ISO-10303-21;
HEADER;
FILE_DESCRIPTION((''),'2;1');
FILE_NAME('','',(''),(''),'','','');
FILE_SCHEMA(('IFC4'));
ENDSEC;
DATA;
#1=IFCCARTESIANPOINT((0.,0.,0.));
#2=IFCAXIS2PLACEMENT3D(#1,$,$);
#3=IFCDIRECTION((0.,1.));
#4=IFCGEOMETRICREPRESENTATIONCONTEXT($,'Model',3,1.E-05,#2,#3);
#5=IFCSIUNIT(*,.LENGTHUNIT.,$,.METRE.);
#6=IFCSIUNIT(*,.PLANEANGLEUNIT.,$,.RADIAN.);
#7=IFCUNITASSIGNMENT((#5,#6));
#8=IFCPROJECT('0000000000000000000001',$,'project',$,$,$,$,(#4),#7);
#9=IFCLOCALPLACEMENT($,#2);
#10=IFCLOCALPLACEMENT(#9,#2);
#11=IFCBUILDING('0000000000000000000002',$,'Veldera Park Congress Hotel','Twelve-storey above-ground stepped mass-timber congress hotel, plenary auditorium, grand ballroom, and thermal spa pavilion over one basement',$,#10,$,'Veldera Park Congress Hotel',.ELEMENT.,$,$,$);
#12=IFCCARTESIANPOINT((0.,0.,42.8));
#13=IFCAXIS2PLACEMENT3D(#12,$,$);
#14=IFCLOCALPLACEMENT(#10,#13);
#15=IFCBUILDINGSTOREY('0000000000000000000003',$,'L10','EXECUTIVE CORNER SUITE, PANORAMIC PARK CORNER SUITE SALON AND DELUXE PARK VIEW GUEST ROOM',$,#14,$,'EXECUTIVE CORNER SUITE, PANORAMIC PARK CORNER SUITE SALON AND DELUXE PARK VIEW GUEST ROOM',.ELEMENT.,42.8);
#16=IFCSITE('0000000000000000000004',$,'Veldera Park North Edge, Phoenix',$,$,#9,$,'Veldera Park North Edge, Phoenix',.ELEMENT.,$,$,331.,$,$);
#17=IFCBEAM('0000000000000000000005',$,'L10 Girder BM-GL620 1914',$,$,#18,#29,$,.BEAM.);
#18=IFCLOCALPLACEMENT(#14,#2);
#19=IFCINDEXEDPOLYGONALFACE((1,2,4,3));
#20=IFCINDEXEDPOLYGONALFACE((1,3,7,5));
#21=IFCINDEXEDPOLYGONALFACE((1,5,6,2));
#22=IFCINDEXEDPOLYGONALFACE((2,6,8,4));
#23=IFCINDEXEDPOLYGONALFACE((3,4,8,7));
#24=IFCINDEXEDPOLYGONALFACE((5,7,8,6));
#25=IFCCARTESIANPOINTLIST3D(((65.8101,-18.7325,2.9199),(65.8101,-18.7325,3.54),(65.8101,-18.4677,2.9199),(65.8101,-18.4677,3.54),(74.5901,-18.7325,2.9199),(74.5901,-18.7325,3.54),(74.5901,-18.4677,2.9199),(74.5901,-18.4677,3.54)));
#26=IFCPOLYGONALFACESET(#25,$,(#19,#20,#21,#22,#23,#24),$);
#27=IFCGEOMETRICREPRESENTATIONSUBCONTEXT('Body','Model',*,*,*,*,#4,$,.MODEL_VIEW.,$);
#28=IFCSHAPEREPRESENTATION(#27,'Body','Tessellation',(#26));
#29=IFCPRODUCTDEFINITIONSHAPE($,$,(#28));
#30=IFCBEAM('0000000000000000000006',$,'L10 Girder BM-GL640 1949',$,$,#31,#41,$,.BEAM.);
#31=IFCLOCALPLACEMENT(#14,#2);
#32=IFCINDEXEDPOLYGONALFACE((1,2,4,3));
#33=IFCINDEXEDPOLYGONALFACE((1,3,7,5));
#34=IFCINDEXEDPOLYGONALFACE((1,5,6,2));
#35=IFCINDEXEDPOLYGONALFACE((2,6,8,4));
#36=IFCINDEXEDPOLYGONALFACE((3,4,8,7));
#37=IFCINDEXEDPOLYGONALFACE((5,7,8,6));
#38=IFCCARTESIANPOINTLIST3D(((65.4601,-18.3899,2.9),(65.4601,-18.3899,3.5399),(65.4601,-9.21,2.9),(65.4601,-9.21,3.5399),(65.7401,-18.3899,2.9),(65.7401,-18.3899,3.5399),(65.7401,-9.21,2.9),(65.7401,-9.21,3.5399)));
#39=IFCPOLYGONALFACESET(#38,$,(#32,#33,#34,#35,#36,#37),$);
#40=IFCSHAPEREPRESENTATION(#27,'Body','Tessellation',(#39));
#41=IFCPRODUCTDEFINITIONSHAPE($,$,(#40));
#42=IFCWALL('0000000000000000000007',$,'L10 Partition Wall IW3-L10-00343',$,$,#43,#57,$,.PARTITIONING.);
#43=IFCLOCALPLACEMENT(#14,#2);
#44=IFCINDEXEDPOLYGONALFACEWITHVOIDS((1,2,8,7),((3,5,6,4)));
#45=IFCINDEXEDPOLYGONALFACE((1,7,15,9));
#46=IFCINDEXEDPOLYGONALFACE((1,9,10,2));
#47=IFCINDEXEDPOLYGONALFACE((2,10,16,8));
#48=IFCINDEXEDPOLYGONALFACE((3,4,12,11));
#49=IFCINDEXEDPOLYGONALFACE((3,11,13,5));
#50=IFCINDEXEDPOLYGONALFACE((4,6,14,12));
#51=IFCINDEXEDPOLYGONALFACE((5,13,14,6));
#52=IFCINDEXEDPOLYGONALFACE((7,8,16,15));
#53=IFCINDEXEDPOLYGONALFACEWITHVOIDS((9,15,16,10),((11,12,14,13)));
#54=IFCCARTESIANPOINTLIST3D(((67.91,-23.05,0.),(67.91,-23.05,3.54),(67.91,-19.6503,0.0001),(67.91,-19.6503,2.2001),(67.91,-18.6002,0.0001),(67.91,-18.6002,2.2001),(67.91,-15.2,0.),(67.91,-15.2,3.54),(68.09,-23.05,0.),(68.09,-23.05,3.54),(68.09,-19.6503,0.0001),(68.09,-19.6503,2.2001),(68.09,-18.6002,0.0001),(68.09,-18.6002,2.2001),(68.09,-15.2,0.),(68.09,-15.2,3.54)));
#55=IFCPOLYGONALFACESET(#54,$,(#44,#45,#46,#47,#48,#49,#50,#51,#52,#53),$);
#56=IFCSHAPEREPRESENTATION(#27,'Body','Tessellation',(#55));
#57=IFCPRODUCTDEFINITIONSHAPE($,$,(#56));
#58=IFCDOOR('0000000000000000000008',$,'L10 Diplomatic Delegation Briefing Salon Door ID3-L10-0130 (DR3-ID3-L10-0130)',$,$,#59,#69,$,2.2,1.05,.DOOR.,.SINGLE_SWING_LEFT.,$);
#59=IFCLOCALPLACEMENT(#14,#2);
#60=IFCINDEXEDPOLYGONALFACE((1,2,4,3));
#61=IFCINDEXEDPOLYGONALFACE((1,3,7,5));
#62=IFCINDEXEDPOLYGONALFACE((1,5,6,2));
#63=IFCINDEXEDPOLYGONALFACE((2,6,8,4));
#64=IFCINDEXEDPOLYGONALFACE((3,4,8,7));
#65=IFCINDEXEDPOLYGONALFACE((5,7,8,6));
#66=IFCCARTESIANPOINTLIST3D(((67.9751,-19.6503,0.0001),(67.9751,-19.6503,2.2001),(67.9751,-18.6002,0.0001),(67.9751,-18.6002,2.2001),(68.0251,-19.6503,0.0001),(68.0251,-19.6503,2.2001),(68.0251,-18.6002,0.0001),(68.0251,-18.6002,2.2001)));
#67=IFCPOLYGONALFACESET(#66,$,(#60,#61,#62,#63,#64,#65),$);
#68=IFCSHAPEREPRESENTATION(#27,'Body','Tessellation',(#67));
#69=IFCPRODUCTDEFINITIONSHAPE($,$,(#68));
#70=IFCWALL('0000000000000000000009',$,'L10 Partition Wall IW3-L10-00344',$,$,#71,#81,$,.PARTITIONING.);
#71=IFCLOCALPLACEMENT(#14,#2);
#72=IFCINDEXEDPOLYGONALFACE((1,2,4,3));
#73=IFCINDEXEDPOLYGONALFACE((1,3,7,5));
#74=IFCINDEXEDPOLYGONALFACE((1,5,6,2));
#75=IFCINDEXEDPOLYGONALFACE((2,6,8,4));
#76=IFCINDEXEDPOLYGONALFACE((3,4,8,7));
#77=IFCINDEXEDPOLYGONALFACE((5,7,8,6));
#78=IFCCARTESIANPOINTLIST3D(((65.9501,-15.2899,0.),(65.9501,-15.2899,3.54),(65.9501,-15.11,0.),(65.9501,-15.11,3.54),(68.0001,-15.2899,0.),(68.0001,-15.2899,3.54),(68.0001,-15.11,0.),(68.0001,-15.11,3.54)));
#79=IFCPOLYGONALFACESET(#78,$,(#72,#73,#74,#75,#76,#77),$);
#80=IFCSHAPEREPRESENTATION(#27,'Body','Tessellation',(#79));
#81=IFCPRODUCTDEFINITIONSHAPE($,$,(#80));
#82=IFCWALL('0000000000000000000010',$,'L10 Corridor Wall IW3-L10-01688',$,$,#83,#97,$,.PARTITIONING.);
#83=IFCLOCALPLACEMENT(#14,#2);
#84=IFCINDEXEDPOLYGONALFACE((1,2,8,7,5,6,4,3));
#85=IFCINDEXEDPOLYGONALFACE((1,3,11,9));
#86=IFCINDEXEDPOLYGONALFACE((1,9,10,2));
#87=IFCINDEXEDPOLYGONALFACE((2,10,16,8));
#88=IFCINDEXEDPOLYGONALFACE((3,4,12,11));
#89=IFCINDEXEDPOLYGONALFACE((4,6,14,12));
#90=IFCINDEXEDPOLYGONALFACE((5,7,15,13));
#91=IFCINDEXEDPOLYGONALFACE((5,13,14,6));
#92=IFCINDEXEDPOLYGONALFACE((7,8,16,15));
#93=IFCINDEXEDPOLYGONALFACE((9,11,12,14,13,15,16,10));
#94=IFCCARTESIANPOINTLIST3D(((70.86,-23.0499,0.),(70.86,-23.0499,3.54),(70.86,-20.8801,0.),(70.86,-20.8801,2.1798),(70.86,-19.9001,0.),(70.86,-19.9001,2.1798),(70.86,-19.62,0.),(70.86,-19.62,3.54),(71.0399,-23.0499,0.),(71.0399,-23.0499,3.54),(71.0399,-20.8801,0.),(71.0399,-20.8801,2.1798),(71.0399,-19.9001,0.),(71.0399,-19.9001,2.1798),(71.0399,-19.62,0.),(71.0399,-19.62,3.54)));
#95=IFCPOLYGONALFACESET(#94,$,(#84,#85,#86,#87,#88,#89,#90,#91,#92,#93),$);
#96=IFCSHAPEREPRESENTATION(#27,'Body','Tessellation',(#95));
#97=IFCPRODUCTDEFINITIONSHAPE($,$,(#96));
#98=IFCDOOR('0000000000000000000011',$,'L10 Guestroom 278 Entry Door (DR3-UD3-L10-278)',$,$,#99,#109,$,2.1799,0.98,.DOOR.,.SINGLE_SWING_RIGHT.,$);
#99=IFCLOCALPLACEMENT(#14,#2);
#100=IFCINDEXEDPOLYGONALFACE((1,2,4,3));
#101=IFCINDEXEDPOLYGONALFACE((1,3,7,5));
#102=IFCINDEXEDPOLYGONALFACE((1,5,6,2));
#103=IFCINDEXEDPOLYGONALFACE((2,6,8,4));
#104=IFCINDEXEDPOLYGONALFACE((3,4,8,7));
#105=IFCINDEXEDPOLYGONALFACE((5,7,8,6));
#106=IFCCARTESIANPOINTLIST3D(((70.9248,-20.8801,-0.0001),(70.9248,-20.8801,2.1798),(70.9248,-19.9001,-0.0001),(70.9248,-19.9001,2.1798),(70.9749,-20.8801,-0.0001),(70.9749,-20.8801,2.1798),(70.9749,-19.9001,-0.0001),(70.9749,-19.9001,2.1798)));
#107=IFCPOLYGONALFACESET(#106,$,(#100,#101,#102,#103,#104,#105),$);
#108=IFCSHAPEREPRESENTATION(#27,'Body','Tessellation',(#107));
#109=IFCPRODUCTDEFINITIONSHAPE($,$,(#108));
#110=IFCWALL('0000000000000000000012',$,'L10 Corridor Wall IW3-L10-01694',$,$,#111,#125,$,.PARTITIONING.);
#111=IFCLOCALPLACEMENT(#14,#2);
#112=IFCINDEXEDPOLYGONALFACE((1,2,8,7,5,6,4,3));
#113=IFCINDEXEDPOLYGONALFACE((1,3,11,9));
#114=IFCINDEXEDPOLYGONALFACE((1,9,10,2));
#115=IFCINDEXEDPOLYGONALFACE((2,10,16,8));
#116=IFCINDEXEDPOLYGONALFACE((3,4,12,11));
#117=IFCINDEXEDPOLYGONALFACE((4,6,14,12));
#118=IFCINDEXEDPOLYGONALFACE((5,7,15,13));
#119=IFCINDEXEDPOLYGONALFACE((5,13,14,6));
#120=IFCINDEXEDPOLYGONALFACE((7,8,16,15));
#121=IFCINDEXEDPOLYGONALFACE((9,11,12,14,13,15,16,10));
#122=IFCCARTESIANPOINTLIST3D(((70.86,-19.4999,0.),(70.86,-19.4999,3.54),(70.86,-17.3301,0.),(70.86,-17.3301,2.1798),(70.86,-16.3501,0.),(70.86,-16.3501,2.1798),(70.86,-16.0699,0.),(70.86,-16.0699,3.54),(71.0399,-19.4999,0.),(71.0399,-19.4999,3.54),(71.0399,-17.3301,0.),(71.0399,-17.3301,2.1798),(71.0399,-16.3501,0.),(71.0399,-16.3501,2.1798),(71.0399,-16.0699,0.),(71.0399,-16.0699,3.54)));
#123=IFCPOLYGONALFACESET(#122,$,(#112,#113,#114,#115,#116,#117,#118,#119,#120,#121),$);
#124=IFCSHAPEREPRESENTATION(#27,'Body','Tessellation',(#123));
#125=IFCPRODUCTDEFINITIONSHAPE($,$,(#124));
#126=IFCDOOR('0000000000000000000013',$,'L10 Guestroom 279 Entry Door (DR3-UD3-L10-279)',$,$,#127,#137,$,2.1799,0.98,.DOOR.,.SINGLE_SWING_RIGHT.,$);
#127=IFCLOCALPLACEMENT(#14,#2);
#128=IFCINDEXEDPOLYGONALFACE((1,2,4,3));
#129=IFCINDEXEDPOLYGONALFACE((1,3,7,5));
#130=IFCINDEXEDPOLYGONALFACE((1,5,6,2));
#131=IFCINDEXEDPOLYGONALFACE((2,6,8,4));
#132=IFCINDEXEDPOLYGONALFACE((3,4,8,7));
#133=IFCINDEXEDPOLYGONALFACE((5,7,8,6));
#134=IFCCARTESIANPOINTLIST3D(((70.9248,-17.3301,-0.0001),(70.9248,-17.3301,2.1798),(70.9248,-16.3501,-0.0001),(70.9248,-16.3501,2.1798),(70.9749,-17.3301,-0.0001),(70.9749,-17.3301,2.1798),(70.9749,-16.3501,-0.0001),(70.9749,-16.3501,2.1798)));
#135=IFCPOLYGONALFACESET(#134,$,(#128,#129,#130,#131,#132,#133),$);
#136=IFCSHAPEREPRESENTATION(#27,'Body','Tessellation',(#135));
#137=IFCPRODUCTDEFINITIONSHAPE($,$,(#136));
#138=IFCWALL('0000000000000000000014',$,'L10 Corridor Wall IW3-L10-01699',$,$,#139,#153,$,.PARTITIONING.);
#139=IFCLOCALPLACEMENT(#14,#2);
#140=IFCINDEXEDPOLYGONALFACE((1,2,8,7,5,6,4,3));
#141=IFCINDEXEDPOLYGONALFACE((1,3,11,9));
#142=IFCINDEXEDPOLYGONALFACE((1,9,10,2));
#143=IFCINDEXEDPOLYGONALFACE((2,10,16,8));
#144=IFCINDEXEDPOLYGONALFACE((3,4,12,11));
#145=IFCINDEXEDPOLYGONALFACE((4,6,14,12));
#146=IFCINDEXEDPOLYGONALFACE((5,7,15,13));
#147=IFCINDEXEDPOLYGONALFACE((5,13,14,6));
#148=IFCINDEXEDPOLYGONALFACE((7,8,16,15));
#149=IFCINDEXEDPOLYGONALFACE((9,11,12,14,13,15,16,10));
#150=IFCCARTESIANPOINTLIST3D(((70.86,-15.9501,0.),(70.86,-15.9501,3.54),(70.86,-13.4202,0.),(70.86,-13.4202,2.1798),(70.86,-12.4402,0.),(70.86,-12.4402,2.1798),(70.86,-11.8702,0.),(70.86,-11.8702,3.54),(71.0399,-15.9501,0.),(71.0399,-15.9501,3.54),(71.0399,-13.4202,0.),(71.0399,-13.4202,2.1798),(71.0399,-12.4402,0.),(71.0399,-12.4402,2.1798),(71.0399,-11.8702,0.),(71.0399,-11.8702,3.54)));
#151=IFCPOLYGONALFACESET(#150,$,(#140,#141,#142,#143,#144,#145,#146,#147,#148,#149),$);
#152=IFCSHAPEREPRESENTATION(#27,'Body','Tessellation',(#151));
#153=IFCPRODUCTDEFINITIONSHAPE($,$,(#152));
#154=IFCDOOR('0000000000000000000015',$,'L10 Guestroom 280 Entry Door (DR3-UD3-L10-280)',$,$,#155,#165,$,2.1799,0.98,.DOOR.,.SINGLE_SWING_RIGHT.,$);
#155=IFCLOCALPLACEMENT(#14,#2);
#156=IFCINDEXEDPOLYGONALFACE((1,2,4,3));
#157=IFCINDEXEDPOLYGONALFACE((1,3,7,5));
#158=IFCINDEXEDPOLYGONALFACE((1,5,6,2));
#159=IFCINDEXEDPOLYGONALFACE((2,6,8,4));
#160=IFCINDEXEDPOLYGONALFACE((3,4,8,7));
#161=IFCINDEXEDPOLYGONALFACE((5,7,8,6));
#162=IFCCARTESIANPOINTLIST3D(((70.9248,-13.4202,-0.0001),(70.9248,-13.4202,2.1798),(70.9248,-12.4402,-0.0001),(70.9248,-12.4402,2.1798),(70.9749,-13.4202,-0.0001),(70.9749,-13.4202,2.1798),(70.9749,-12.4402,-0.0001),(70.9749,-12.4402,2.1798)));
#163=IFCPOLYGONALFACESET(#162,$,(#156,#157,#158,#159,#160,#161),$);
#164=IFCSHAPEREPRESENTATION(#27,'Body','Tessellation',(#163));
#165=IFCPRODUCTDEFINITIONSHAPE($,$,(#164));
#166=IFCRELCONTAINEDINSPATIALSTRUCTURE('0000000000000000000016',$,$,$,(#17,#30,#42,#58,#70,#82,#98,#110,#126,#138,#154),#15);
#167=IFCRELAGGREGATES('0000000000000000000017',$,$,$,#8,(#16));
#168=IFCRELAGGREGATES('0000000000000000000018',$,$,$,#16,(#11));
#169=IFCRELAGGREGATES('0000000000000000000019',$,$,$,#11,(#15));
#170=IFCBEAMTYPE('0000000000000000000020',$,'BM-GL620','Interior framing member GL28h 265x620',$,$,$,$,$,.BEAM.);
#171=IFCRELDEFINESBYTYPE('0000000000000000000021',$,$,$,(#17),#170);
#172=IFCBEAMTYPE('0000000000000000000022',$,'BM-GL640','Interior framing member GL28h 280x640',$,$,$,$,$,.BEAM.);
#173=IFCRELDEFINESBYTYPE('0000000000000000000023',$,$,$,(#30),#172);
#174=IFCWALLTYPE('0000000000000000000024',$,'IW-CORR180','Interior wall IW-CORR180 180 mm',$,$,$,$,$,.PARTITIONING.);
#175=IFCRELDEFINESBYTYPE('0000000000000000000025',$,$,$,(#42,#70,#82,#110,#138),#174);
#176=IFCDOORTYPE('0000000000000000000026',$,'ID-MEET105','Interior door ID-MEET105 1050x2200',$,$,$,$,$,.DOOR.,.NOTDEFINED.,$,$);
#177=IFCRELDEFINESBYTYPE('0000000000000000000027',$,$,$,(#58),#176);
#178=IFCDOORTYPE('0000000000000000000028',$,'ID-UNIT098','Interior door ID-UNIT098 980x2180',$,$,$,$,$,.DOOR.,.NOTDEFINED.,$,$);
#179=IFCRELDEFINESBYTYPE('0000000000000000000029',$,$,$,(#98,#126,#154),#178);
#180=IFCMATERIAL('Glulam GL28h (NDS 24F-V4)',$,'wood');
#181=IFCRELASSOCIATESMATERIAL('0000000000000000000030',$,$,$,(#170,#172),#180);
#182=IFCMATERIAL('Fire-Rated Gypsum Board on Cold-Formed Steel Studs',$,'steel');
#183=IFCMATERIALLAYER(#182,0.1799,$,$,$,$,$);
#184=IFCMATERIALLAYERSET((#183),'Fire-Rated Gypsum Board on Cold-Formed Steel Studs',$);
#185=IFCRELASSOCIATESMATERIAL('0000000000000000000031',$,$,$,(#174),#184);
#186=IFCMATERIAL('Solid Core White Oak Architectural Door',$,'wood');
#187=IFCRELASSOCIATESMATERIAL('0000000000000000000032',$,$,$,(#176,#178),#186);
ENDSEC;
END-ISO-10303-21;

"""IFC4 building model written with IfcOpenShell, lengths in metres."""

from ifc_helpers import new_model, si_unit, direction, frame, frame_2d, origin, origin_2d, place, context, subcontext, project, spatial, rectangle, extrude, material, layer, layer_set, material_profile, profile_set, type_object, element, fill, save


model = new_model("IFC4")

# Units and contexts
model_context = context("Model", 3, precision=1e-05, world=origin(), true_north=direction((0.0, 1.0)))
body_context = subcontext(model_context, "Body", "Model", "MODEL_VIEW")
ifc_project = project(units=[si_unit("LENGTHUNIT", "METRE"), si_unit("PLANEANGLEUNIT", "RADIAN")], contexts=[model_context])

# Site, building, storey
site_placement = place(None, origin())
site = spatial("IfcSite", under=ifc_project, at=site_placement, Name="Veldera Park North Edge, Phoenix", LongName="Veldera Park North Edge, Phoenix", CompositionType="ELEMENT", RefElevation=331.0)
building_placement = place(site_placement, origin())
building = spatial("IfcBuilding", under=site, at=building_placement, Name="Veldera Park Congress Hotel", Description="Twelve-storey above-ground stepped mass-timber congress hotel, plenary auditorium, grand ballroom, and thermal spa pavilion over one basement", LongName="Veldera Park Congress Hotel", CompositionType="ELEMENT")
storey_placement = place(building_placement, frame((0.0, 0.0, 42.8)))
storey = spatial("IfcBuildingStorey", under=building, at=storey_placement, Name="L10", Description="EXECUTIVE CORNER SUITE, PANORAMIC PARK CORNER SUITE SALON AND DELUXE PARK VIEW GUEST ROOM", LongName="EXECUTIVE CORNER SUITE, PANORAMIC PARK CORNER SUITE SALON AND DELUXE PARK VIEW GUEST ROOM", CompositionType="ELEMENT", Elevation=42.8)

# Beams
ifc_material_1 = material(Name="Glulam GL28h (NDS 24F-V4)", Category="wood")
ifc_material_profile_1 = material_profile(ifc_material_1, rectangle(XDim=0.2649, YDim=0.6201, at=origin_2d()), Name="GL28h 265x620")
ifc_profile_set_1 = profile_set([ifc_material_profile_1], Name="Glulam GL28h (NDS 24F-V4)")
beam_type_1 = type_object("IfcBeamType", Name="BM-GL620", Description="Interior framing member GL28h 265x620", PredefinedType="BEAM", material=ifc_profile_set_1)
beam_1_placement = place(storey_placement, frame((65.8101, -18.6001, 3.23), z_axis=(1.0, 0.0, 0.0), x_axis=(0.0, 1.0, 0.0)))
element("IfcBeam", 1, at=beam_1_placement, inside=storey, type_object=beam_type_1, Name="L10 Girder BM-GL620 1914", PredefinedType="BEAM", context=body_context, shape_type="SweptSolid", body=[
    extrude(rectangle(XDim=0.2649, YDim=0.6201, at=origin_2d()), origin(), (0.0, 0.0, 1.0), 8.78),
])
ifc_material_profile_2 = material_profile(ifc_material_1, rectangle(XDim=0.28, YDim=0.6399, at=origin_2d()), Name="GL28h 280x640")
ifc_profile_set_2 = profile_set([ifc_material_profile_2], Name="Glulam GL28h (NDS 24F-V4)")
beam_type_2 = type_object("IfcBeamType", Name="BM-GL640", Description="Interior framing member GL28h 280x640", PredefinedType="BEAM", material=ifc_profile_set_2)
beam_2_placement = place(storey_placement, frame((65.6001, -18.3899, 3.22), z_axis=(0.0, 1.0, 0.0), x_axis=(-1.0, 0.0, 0.0)))
element("IfcBeam", 2, at=beam_2_placement, inside=storey, type_object=beam_type_2, Name="L10 Girder BM-GL640 1949", PredefinedType="BEAM", context=body_context, shape_type="SweptSolid", body=[
    extrude(rectangle(XDim=0.28, YDim=0.6399, at=origin_2d()), origin(), (0.0, 0.0, 1.0), 9.1799),
])

# Wall, opening, door
ifc_material_2 = material(Name="Fire-Rated Gypsum Board on Cold-Formed Steel Studs", Category="steel")
ifc_layer_1 = layer(ifc_material_2, 0.1799)
ifc_layer_set_1 = layer_set([ifc_layer_1], Name="Fire-Rated Gypsum Board on Cold-Formed Steel Studs")
wall_type_1 = type_object("IfcWallType", Name="IW-CORR180", Description="Interior wall IW-CORR180 180 mm", PredefinedType="PARTITIONING", material=ifc_layer_set_1)
wall_1_placement = place(storey_placement, frame((68.0, -23.05, 0.0), z_axis=(0.0, 0.0, 1.0), x_axis=(0.0, 1.0, 0.0)))
wall_1 = element("IfcWall", 3, at=wall_1_placement, inside=storey, type_object=wall_type_1, Name="L10 Partition Wall IW3-L10-00343", PredefinedType="PARTITIONING", context=body_context, shape_type="SweptSolid", body=[
    extrude(rectangle(XDim=7.8501, YDim=0.1799, at=frame_2d((3.925, 0.0))), origin(), (0.0, 0.0, 1.0), 3.54),
])
opening_1_placement = place(wall_1_placement, frame((3.3999, 0.0, 0.0)))
opening_1 = element("IfcOpeningElement", 4, at=opening_1_placement, cuts=wall_1, PredefinedType="OPENING", context=body_context, shape_type="SweptSolid", body=[
    extrude(rectangle(XDim=1.05, YDim=2.2, at=frame_2d((0.5249, 1.1001))), frame((0.0, 0.1021, 0.0), z_axis=(0.0, -1.0, 0.0), x_axis=(1.0, 0.0, 0.0)), (0.0, 0.0, 1.0), 0.2039),
])
ifc_material_3 = material(Name="Solid Core White Oak Architectural Door", Category="wood")
door_type_1 = type_object("IfcDoorType", Name="ID-MEET105", Description="Interior door ID-MEET105 1050x2200", OperationType="NOTDEFINED", PredefinedType="DOOR", material=ifc_material_3)
door_1_placement = place(opening_1_placement, origin())
door_1 = element("IfcDoor", 5, at=door_1_placement, inside=storey, type_object=door_type_1, Name="L10 Diplomatic Delegation Briefing Salon Door ID3-L10-0130 (DR3-ID3-L10-0130)", OperationType="SINGLE_SWING_LEFT", OverallHeight=2.2, OverallWidth=1.05, PredefinedType="DOOR", context=body_context, shape_type="SweptSolid", body=[
    extrude(rectangle(XDim=1.05, YDim=2.2, at=frame_2d((0.5249, 1.1001))), frame((0.0, 0.0249, 0.0), z_axis=(0.0, -1.0, 0.0), x_axis=(1.0, 0.0, 0.0)), (0.0, 0.0, 1.0), 0.05),
])
fill(opening_1, door_1)

# Wall
wall_2_placement = place(storey_placement, frame((68.0, -15.2, 0.0), z_axis=(0.0, 0.0, 1.0), x_axis=(-1.0, 0.0, 0.0)))
element("IfcWall", 6, at=wall_2_placement, inside=storey, type_object=wall_type_1, Name="L10 Partition Wall IW3-L10-00344", PredefinedType="PARTITIONING", context=body_context, shape_type="SweptSolid", body=[
    extrude(rectangle(XDim=2.05, YDim=0.1799, at=frame_2d((1.0249, 0.0))), origin(), (0.0, 0.0, 1.0), 3.54),
])

# Walls, openings, doors
wall_3_placement = place(storey_placement, frame((70.95, -19.6201, 0.0), z_axis=(0.0, 0.0, 1.0), x_axis=(0.0, -1.0, 0.0)))
wall_3 = element("IfcWall", 7, at=wall_3_placement, inside=storey, type_object=wall_type_1, Name="L10 Corridor Wall IW3-L10-01688", PredefinedType="PARTITIONING", context=body_context, shape_type="SweptSolid", body=[
    extrude(rectangle(XDim=3.4299, YDim=0.1799, at=frame_2d((1.7148, 0.0))), origin(), (0.0, 0.0, 1.0), 3.54),
])
opening_2_placement = place(wall_3_placement, frame((0.28, 0.0, 0.0)))
opening_2 = element("IfcOpeningElement", 8, at=opening_2_placement, cuts=wall_3, PredefinedType="OPENING", context=body_context, shape_type="SweptSolid", body=[
    extrude(rectangle(XDim=0.98, YDim=2.1799, at=frame_2d((0.49, 1.0898))), frame((0.0, 0.1021, 0.0), z_axis=(0.0, -1.0, 0.0), x_axis=(1.0, 0.0, 0.0)), (0.0, 0.0, 1.0), 0.2039),
])
door_type_2 = type_object("IfcDoorType", Name="ID-UNIT098", Description="Interior door ID-UNIT098 980x2180", OperationType="NOTDEFINED", PredefinedType="DOOR", material=ifc_material_3)
door_2_placement = place(opening_2_placement, origin())
door_2 = element("IfcDoor", 9, at=door_2_placement, inside=storey, type_object=door_type_2, Name="L10 Guestroom 278 Entry Door (DR3-UD3-L10-278)", OperationType="SINGLE_SWING_RIGHT", OverallHeight=2.1799, OverallWidth=0.98, PredefinedType="DOOR", context=body_context, shape_type="SweptSolid", body=[
    extrude(rectangle(XDim=0.98, YDim=2.1799, at=frame_2d((0.49, 1.0898))), frame((0.0, 0.0249, 0.0), z_axis=(0.0, -1.0, 0.0), x_axis=(1.0, 0.0, 0.0)), (0.0, 0.0, 1.0), 0.05),
])
fill(opening_2, door_2)
wall_4_placement = place(storey_placement, frame((70.95, -16.0701, 0.0), z_axis=(0.0, 0.0, 1.0), x_axis=(0.0, -1.0, 0.0)))
wall_4 = element("IfcWall", 10, at=wall_4_placement, inside=storey, type_object=wall_type_1, Name="L10 Corridor Wall IW3-L10-01694", PredefinedType="PARTITIONING", context=body_context, shape_type="SweptSolid", body=[
    extrude(rectangle(XDim=3.4299, YDim=0.1799, at=frame_2d((1.7148, 0.0))), origin(), (0.0, 0.0, 1.0), 3.54),
])
opening_3_placement = place(wall_4_placement, frame((0.28, 0.0, 0.0)))
opening_3 = element("IfcOpeningElement", 11, at=opening_3_placement, cuts=wall_4, PredefinedType="OPENING", context=body_context, shape_type="SweptSolid", body=[
    extrude(rectangle(XDim=0.98, YDim=2.1799, at=frame_2d((0.49, 1.0898))), frame((0.0, 0.1021, 0.0), z_axis=(0.0, -1.0, 0.0), x_axis=(1.0, 0.0, 0.0)), (0.0, 0.0, 1.0), 0.2039),
])
door_3_placement = place(opening_3_placement, origin())
door_3 = element("IfcDoor", 12, at=door_3_placement, inside=storey, type_object=door_type_2, Name="L10 Guestroom 279 Entry Door (DR3-UD3-L10-279)", OperationType="SINGLE_SWING_RIGHT", OverallHeight=2.1799, OverallWidth=0.98, PredefinedType="DOOR", context=body_context, shape_type="SweptSolid", body=[
    extrude(rectangle(XDim=0.98, YDim=2.1799, at=frame_2d((0.49, 1.0898))), frame((0.0, 0.0249, 0.0), z_axis=(0.0, -1.0, 0.0), x_axis=(1.0, 0.0, 0.0)), (0.0, 0.0, 1.0), 0.05),
])
fill(opening_3, door_3)
wall_5_placement = place(storey_placement, frame((70.95, -11.8701, 0.0), z_axis=(0.0, 0.0, 1.0), x_axis=(0.0, -1.0, 0.0)))
wall_5 = element("IfcWall", 13, at=wall_5_placement, inside=storey, type_object=wall_type_1, Name="L10 Corridor Wall IW3-L10-01699", PredefinedType="PARTITIONING", context=body_context, shape_type="SweptSolid", body=[
    extrude(rectangle(XDim=4.0798, YDim=0.1799, at=frame_2d((2.04, 0.0))), origin(), (0.0, 0.0, 1.0), 3.54),
])
opening_4_placement = place(wall_5_placement, frame((0.5701, 0.0, 0.0)))
opening_4 = element("IfcOpeningElement", 14, at=opening_4_placement, cuts=wall_5, PredefinedType="OPENING", context=body_context, shape_type="SweptSolid", body=[
    extrude(rectangle(XDim=0.98, YDim=2.1799, at=frame_2d((0.49, 1.0898))), frame((0.0, 0.1021, 0.0), z_axis=(0.0, -1.0, 0.0), x_axis=(1.0, 0.0, 0.0)), (0.0, 0.0, 1.0), 0.2039),
])
door_4_placement = place(opening_4_placement, origin())
door_4 = element("IfcDoor", 15, at=door_4_placement, inside=storey, type_object=door_type_2, Name="L10 Guestroom 280 Entry Door (DR3-UD3-L10-280)", OperationType="SINGLE_SWING_RIGHT", OverallHeight=2.1799, OverallWidth=0.98, PredefinedType="DOOR", context=body_context, shape_type="SweptSolid", body=[
    extrude(rectangle(XDim=0.98, YDim=2.1799, at=frame_2d((0.49, 1.0898))), frame((0.0, 0.0249, 0.0), z_axis=(0.0, -1.0, 0.0), x_axis=(1.0, 0.0, 0.0)), (0.0, 0.0, 1.0), 0.05),
])
fill(opening_4, door_4)

save(model, "model.ifc")
